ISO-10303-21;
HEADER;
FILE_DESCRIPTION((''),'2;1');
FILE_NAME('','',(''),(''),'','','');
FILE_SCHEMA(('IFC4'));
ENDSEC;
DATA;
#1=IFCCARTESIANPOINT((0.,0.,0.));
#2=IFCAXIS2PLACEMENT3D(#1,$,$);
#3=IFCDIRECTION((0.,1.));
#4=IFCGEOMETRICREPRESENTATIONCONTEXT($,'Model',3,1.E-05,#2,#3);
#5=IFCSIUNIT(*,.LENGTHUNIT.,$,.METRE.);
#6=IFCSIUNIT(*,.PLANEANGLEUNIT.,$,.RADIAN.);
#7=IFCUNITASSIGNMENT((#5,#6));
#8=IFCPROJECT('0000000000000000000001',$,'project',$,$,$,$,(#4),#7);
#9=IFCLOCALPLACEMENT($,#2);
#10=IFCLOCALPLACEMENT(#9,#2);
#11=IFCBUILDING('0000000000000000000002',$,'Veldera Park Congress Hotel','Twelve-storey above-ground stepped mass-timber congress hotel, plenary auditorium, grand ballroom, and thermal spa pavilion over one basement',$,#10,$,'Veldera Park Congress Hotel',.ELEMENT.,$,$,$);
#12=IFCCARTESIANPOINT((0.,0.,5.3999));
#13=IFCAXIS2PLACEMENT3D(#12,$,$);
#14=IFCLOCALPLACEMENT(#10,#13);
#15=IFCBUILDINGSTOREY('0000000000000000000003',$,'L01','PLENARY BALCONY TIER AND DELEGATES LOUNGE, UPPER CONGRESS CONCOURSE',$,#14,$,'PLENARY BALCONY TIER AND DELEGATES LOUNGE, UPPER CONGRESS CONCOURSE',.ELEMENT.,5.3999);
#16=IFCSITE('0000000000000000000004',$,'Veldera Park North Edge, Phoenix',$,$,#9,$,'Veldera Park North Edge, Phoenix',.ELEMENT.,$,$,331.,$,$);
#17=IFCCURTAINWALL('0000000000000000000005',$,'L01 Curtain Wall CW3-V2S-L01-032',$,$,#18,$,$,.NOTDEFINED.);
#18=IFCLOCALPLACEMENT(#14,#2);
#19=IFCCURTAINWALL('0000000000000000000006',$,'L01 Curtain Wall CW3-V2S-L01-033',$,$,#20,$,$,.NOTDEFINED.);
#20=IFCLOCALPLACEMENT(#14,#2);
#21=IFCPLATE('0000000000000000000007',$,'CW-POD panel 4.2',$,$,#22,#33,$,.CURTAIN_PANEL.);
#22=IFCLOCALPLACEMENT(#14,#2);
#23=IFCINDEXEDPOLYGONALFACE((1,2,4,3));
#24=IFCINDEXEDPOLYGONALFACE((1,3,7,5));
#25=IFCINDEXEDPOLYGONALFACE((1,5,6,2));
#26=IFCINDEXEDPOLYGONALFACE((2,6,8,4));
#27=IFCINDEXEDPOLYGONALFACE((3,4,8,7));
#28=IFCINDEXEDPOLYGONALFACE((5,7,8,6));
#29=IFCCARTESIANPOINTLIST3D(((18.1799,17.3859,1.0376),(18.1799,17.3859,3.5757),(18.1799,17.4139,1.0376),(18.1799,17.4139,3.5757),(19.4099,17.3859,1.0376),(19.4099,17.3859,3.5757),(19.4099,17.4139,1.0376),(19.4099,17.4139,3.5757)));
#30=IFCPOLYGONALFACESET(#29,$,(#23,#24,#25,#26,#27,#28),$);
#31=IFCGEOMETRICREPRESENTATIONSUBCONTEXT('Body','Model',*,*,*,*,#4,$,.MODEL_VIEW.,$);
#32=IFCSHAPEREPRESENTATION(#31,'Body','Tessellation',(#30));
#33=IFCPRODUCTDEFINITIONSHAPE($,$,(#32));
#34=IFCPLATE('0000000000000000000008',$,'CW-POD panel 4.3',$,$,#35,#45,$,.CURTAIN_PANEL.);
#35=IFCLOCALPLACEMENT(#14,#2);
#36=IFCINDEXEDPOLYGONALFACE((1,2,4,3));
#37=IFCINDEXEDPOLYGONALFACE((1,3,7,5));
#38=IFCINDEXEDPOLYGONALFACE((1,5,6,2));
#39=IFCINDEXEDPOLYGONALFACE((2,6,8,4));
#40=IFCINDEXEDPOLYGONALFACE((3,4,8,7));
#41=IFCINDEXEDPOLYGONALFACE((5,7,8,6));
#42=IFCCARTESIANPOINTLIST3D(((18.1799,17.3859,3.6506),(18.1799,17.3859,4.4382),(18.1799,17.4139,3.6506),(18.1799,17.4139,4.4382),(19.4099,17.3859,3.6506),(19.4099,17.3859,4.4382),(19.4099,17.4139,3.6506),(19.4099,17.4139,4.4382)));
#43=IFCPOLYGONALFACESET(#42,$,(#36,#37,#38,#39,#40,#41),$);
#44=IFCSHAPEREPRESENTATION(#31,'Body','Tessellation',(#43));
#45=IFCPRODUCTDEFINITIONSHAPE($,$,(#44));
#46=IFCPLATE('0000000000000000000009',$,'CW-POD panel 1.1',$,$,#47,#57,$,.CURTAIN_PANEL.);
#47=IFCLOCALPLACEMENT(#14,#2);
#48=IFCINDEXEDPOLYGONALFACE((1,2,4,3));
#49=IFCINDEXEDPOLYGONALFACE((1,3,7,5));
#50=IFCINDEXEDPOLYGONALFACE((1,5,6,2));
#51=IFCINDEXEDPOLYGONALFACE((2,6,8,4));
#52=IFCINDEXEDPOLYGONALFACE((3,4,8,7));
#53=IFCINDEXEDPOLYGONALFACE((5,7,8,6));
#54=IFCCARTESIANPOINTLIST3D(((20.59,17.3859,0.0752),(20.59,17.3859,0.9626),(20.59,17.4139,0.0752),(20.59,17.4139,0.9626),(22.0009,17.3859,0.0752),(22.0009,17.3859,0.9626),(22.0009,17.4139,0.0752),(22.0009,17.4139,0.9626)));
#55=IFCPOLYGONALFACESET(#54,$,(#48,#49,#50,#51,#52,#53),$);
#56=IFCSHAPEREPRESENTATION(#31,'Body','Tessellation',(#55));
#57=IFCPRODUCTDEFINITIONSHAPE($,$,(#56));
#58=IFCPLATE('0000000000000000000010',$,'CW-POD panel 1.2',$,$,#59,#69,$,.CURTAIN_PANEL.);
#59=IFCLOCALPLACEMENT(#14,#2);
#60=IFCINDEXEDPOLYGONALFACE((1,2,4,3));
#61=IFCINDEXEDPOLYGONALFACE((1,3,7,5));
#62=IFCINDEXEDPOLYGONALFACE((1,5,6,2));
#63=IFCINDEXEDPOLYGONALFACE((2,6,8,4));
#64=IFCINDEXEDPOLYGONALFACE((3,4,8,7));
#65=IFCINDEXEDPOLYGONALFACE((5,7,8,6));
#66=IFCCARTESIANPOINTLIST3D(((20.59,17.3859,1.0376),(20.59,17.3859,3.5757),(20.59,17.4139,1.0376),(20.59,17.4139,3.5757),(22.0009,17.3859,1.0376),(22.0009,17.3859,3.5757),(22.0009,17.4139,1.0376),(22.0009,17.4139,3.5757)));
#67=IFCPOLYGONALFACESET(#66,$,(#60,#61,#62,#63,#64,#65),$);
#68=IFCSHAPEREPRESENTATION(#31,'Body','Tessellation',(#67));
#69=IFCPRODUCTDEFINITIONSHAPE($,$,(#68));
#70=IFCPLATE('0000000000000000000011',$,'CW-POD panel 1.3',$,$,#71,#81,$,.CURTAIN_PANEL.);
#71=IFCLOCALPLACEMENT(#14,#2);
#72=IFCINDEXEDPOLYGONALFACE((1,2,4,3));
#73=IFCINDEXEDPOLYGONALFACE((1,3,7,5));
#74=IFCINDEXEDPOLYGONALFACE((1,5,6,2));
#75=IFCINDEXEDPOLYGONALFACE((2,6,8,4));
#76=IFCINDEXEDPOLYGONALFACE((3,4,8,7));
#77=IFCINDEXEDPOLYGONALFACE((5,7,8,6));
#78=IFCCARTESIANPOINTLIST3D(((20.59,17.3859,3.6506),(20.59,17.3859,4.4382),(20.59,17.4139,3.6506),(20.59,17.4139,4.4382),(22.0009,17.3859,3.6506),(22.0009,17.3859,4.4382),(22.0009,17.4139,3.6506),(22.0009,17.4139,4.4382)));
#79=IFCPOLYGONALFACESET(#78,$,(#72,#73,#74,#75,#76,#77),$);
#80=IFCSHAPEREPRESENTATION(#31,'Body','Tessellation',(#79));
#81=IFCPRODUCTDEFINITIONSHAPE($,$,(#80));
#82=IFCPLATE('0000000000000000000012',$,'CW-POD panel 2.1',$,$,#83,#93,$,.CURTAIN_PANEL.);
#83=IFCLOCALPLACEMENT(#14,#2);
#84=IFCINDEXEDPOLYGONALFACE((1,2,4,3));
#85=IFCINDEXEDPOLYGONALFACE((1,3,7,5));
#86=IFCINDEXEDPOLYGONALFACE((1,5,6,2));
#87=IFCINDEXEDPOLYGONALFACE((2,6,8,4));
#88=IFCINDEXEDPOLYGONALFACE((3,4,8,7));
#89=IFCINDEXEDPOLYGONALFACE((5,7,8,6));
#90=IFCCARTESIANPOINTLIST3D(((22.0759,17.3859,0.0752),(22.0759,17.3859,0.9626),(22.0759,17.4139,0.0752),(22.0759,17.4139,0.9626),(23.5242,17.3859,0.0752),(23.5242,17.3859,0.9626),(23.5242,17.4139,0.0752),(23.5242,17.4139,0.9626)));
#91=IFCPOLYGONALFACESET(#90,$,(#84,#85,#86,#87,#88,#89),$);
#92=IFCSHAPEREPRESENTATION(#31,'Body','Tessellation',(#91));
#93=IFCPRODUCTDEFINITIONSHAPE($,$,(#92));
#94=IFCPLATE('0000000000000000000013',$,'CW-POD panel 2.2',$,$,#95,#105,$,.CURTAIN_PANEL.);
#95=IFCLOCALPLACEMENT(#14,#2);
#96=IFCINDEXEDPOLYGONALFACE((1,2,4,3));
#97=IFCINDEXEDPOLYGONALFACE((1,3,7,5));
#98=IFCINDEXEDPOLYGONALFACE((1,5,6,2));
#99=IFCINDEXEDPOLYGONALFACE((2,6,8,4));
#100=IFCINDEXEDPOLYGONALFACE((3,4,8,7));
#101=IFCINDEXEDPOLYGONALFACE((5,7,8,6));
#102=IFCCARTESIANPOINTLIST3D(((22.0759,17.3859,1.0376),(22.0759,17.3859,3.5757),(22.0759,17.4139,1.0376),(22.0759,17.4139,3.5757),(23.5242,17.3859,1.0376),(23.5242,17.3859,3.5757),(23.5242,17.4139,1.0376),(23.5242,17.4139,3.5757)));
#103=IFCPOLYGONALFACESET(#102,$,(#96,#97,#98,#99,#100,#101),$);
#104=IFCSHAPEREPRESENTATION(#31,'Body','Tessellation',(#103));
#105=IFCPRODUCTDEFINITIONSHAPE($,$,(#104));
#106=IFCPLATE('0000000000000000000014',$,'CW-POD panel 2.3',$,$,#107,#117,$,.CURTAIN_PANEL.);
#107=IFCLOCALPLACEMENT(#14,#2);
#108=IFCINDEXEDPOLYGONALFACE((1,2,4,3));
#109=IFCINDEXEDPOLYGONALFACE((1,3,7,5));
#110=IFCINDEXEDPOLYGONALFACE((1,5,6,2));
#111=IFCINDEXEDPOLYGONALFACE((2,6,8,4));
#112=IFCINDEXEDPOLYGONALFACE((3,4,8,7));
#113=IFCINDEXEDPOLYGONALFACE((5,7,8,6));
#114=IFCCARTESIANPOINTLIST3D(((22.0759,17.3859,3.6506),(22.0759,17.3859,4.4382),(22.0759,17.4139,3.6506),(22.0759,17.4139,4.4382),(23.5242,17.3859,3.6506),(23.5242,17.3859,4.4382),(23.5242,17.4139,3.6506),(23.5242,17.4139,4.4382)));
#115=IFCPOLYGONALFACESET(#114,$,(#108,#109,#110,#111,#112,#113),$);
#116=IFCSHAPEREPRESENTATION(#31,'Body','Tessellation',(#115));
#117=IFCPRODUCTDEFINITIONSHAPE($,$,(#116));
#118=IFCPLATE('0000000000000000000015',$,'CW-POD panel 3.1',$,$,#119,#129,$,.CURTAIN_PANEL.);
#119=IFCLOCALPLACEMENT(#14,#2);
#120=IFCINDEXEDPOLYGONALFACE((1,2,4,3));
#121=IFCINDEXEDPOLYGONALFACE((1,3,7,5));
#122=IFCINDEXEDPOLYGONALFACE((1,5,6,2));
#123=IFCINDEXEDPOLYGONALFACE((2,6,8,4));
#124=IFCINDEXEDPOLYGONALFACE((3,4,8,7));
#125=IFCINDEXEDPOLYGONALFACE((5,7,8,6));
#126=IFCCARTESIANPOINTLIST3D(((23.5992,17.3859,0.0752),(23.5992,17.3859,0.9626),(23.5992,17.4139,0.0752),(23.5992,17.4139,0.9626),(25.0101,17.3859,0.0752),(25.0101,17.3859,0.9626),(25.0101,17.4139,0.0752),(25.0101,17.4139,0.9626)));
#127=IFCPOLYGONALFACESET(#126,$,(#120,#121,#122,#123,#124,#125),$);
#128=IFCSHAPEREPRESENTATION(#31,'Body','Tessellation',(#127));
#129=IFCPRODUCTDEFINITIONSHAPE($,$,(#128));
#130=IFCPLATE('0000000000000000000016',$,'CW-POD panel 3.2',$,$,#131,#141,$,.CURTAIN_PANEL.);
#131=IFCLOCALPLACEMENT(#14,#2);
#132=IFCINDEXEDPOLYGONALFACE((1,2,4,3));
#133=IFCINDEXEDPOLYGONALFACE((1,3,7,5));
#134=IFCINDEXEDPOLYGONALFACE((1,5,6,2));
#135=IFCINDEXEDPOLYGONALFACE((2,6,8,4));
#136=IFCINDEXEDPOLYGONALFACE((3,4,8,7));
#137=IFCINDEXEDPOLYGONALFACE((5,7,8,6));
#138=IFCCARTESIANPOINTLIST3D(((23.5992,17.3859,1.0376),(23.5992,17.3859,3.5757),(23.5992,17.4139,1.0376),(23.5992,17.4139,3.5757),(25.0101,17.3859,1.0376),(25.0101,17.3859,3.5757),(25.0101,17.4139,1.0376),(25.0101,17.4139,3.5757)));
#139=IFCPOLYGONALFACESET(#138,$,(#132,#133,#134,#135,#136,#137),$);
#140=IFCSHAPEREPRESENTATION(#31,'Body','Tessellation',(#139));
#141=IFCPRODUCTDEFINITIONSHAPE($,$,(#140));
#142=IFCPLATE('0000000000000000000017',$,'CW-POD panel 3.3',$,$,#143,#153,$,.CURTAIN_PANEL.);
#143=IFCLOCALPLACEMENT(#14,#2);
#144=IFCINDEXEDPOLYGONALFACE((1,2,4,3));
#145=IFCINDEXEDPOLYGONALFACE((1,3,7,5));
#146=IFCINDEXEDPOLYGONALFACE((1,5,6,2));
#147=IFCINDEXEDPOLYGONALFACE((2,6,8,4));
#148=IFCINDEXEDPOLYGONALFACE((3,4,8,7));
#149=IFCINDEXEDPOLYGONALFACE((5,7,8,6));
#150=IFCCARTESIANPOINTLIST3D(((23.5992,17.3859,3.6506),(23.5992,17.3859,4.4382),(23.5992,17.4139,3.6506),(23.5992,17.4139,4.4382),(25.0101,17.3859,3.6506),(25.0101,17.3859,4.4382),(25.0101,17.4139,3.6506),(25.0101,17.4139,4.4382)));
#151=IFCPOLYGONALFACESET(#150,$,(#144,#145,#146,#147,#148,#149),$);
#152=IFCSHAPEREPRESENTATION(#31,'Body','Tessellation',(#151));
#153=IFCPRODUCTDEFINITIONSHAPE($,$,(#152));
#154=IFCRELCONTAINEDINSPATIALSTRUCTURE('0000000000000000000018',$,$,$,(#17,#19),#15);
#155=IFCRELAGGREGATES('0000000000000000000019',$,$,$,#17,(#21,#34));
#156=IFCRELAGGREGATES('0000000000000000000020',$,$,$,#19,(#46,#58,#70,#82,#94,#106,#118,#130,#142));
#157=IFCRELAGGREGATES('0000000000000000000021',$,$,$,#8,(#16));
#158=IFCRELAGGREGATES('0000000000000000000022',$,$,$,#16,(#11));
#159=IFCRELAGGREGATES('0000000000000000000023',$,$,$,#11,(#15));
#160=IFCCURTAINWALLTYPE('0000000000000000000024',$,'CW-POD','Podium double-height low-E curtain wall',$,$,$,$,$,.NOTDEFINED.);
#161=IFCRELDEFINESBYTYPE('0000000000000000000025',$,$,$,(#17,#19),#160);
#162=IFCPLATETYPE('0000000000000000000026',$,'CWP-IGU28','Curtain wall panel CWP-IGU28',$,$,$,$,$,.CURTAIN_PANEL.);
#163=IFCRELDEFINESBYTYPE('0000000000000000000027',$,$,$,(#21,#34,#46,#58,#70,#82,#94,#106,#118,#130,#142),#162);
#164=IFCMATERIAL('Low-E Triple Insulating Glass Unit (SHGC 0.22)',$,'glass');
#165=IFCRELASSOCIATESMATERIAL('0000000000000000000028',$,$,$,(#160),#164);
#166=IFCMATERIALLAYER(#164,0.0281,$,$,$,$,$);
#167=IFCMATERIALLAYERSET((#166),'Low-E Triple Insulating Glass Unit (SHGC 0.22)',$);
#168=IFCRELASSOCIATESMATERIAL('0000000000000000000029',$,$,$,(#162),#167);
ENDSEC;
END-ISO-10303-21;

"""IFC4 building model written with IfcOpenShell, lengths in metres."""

from ifc_helpers import new_model, si_unit, direction, frame, origin, origin_2d, place, context, subcontext, project, spatial, rectangle, extrude, material, layer, layer_set, type_object, element, aggregate, save


model = new_model("IFC4")

# Units and contexts
model_context = context("Model", 3, precision=1e-05, world=origin(), true_north=direction((0.0, 1.0)))
body_context = subcontext(model_context, "Body", "Model", "MODEL_VIEW")
ifc_project = project(units=[si_unit("LENGTHUNIT", "METRE"), si_unit("PLANEANGLEUNIT", "RADIAN")], contexts=[model_context])

# Site, building, storey
site_placement = place(None, origin())
site = spatial("IfcSite", under=ifc_project, at=site_placement, Name="Veldera Park North Edge, Phoenix", LongName="Veldera Park North Edge, Phoenix", CompositionType="ELEMENT", RefElevation=331.0)
building_placement = place(site_placement, origin())
building = spatial("IfcBuilding", under=site, at=building_placement, Name="Veldera Park Congress Hotel", Description="Twelve-storey above-ground stepped mass-timber congress hotel, plenary auditorium, grand ballroom, and thermal spa pavilion over one basement", LongName="Veldera Park Congress Hotel", CompositionType="ELEMENT")
storey_placement = place(building_placement, frame((0.0, 0.0, 5.3999)))
storey = spatial("IfcBuildingStorey", under=building, at=storey_placement, Name="L01", Description="PLENARY BALCONY TIER AND DELEGATES LOUNGE, UPPER CONGRESS CONCOURSE", LongName="PLENARY BALCONY TIER AND DELEGATES LOUNGE, UPPER CONGRESS CONCOURSE", CompositionType="ELEMENT", Elevation=5.3999)

# Curtain walls
ifc_material_1 = material(Name="Low-E Triple Insulating Glass Unit (SHGC 0.22)", Category="glass")
curtain_wall_type = type_object("IfcCurtainWallType", Name="CW-POD", Description="Podium double-height low-E curtain wall", PredefinedType="NOTDEFINED", material=ifc_material_1)
curtain_wall_1_placement = place(storey_placement, origin())
curtain_wall_1 = element("IfcCurtainWall", 1, at=curtain_wall_1_placement, inside=storey, type_object=curtain_wall_type, Name="L01 Curtain Wall CW3-V2S-L01-032", PredefinedType="NOTDEFINED")
curtain_wall_2_placement = place(storey_placement, origin())
curtain_wall_2 = element("IfcCurtainWall", 2, at=curtain_wall_2_placement, inside=storey, type_object=curtain_wall_type, Name="L01 Curtain Wall CW3-V2S-L01-033", PredefinedType="NOTDEFINED")

# Plates
ifc_layer = layer(ifc_material_1, 0.0281)
ifc_layer_set = layer_set([ifc_layer], Name="Low-E Triple Insulating Glass Unit (SHGC 0.22)")
plate_type = type_object("IfcPlateType", Name="CWP-IGU28", Description="Curtain wall panel CWP-IGU28", PredefinedType="CURTAIN_PANEL", material=ifc_layer_set)
plate_1_placement = place(storey_placement, frame((18.7949, 17.3999, 1.0376), z_axis=(0.0, 0.0, 1.0), x_axis=(1.0, 0.0, 0.0)))
plate_1 = element("IfcPlate", 3, at=plate_1_placement, type_object=plate_type, Name="CW-POD panel 4.2", PredefinedType="CURTAIN_PANEL", context=body_context, shape_type="SweptSolid", body=[
    extrude(rectangle(XDim=1.23, YDim=0.0281, at=origin_2d()), origin(), (0.0, 0.0, 1.0), 2.5381),
])
plate_2_placement = place(storey_placement, frame((18.7949, 17.3999, 3.6506), z_axis=(0.0, 0.0, 1.0), x_axis=(1.0, 0.0, 0.0)))
plate_2 = element("IfcPlate", 4, at=plate_2_placement, type_object=plate_type, Name="CW-POD panel 4.3", PredefinedType="CURTAIN_PANEL", context=body_context, shape_type="SweptSolid", body=[
    extrude(rectangle(XDim=1.23, YDim=0.0281, at=origin_2d()), origin(), (0.0, 0.0, 1.0), 0.7876),
])
aggregate(curtain_wall_1, [plate_1, plate_2])
plate_3_placement = place(storey_placement, frame((21.2954, 17.3999, 0.0752), z_axis=(0.0, 0.0, 1.0), x_axis=(1.0, 0.0, 0.0)))
plate_3 = element("IfcPlate", 5, at=plate_3_placement, type_object=plate_type, Name="CW-POD panel 1.1", PredefinedType="CURTAIN_PANEL", context=body_context, shape_type="SweptSolid", body=[
    extrude(rectangle(XDim=1.4109, YDim=0.0281, at=origin_2d()), origin(), (0.0, 0.0, 1.0), 0.8875),
])
plate_4_placement = place(storey_placement, frame((21.2954, 17.3999, 1.0376), z_axis=(0.0, 0.0, 1.0), x_axis=(1.0, 0.0, 0.0)))
plate_4 = element("IfcPlate", 6, at=plate_4_placement, type_object=plate_type, Name="CW-POD panel 1.2", PredefinedType="CURTAIN_PANEL", context=body_context, shape_type="SweptSolid", body=[
    extrude(rectangle(XDim=1.4109, YDim=0.0281, at=origin_2d()), origin(), (0.0, 0.0, 1.0), 2.5381),
])
plate_5_placement = place(storey_placement, frame((21.2954, 17.3999, 3.6506), z_axis=(0.0, 0.0, 1.0), x_axis=(1.0, 0.0, 0.0)))
plate_5 = element("IfcPlate", 7, at=plate_5_placement, type_object=plate_type, Name="CW-POD panel 1.3", PredefinedType="CURTAIN_PANEL", context=body_context, shape_type="SweptSolid", body=[
    extrude(rectangle(XDim=1.4109, YDim=0.0281, at=origin_2d()), origin(), (0.0, 0.0, 1.0), 0.7876),
])
plate_6_placement = place(storey_placement, frame((22.8, 17.3999, 0.0752), z_axis=(0.0, 0.0, 1.0), x_axis=(1.0, 0.0, 0.0)))
plate_6 = element("IfcPlate", 8, at=plate_6_placement, type_object=plate_type, Name="CW-POD panel 2.1", PredefinedType="CURTAIN_PANEL", context=body_context, shape_type="SweptSolid", body=[
    extrude(rectangle(XDim=1.4482, YDim=0.0281, at=origin_2d()), origin(), (0.0, 0.0, 1.0), 0.8875),
])
plate_7_placement = place(storey_placement, frame((22.8, 17.3999, 1.0376), z_axis=(0.0, 0.0, 1.0), x_axis=(1.0, 0.0, 0.0)))
plate_7 = element("IfcPlate", 9, at=plate_7_placement, type_object=plate_type, Name="CW-POD panel 2.2", PredefinedType="CURTAIN_PANEL", context=body_context, shape_type="SweptSolid", body=[
    extrude(rectangle(XDim=1.4482, YDim=0.0281, at=origin_2d()), origin(), (0.0, 0.0, 1.0), 2.5381),
])
plate_8_placement = place(storey_placement, frame((22.8, 17.3999, 3.6506), z_axis=(0.0, 0.0, 1.0), x_axis=(1.0, 0.0, 0.0)))
plate_8 = element("IfcPlate", 10, at=plate_8_placement, type_object=plate_type, Name="CW-POD panel 2.3", PredefinedType="CURTAIN_PANEL", context=body_context, shape_type="SweptSolid", body=[
    extrude(rectangle(XDim=1.4482, YDim=0.0281, at=origin_2d()), origin(), (0.0, 0.0, 1.0), 0.7876),
])
plate_9_placement = place(storey_placement, frame((24.3047, 17.3999, 0.0752), z_axis=(0.0, 0.0, 1.0), x_axis=(1.0, 0.0, 0.0)))
plate_9 = element("IfcPlate", 11, at=plate_9_placement, type_object=plate_type, Name="CW-POD panel 3.1", PredefinedType="CURTAIN_PANEL", context=body_context, shape_type="SweptSolid", body=[
    extrude(rectangle(XDim=1.4109, YDim=0.0281, at=origin_2d()), origin(), (0.0, 0.0, 1.0), 0.8875),
])
plate_10_placement = place(storey_placement, frame((24.3047, 17.3999, 1.0376), z_axis=(0.0, 0.0, 1.0), x_axis=(1.0, 0.0, 0.0)))
plate_10 = element("IfcPlate", 12, at=plate_10_placement, type_object=plate_type, Name="CW-POD panel 3.2", PredefinedType="CURTAIN_PANEL", context=body_context, shape_type="SweptSolid", body=[
    extrude(rectangle(XDim=1.4109, YDim=0.0281, at=origin_2d()), origin(), (0.0, 0.0, 1.0), 2.5381),
])
plate_11_placement = place(storey_placement, frame((24.3047, 17.3999, 3.6506), z_axis=(0.0, 0.0, 1.0), x_axis=(1.0, 0.0, 0.0)))
plate_11 = element("IfcPlate", 13, at=plate_11_placement, type_object=plate_type, Name="CW-POD panel 3.3", PredefinedType="CURTAIN_PANEL", context=body_context, shape_type="SweptSolid", body=[
    extrude(rectangle(XDim=1.4109, YDim=0.0281, at=origin_2d()), origin(), (0.0, 0.0, 1.0), 0.7876),
])
aggregate(curtain_wall_2, [plate_3, plate_4, plate_5, plate_6, plate_7, plate_8, plate_9, plate_10, plate_11])

save(model, "model.ifc")
